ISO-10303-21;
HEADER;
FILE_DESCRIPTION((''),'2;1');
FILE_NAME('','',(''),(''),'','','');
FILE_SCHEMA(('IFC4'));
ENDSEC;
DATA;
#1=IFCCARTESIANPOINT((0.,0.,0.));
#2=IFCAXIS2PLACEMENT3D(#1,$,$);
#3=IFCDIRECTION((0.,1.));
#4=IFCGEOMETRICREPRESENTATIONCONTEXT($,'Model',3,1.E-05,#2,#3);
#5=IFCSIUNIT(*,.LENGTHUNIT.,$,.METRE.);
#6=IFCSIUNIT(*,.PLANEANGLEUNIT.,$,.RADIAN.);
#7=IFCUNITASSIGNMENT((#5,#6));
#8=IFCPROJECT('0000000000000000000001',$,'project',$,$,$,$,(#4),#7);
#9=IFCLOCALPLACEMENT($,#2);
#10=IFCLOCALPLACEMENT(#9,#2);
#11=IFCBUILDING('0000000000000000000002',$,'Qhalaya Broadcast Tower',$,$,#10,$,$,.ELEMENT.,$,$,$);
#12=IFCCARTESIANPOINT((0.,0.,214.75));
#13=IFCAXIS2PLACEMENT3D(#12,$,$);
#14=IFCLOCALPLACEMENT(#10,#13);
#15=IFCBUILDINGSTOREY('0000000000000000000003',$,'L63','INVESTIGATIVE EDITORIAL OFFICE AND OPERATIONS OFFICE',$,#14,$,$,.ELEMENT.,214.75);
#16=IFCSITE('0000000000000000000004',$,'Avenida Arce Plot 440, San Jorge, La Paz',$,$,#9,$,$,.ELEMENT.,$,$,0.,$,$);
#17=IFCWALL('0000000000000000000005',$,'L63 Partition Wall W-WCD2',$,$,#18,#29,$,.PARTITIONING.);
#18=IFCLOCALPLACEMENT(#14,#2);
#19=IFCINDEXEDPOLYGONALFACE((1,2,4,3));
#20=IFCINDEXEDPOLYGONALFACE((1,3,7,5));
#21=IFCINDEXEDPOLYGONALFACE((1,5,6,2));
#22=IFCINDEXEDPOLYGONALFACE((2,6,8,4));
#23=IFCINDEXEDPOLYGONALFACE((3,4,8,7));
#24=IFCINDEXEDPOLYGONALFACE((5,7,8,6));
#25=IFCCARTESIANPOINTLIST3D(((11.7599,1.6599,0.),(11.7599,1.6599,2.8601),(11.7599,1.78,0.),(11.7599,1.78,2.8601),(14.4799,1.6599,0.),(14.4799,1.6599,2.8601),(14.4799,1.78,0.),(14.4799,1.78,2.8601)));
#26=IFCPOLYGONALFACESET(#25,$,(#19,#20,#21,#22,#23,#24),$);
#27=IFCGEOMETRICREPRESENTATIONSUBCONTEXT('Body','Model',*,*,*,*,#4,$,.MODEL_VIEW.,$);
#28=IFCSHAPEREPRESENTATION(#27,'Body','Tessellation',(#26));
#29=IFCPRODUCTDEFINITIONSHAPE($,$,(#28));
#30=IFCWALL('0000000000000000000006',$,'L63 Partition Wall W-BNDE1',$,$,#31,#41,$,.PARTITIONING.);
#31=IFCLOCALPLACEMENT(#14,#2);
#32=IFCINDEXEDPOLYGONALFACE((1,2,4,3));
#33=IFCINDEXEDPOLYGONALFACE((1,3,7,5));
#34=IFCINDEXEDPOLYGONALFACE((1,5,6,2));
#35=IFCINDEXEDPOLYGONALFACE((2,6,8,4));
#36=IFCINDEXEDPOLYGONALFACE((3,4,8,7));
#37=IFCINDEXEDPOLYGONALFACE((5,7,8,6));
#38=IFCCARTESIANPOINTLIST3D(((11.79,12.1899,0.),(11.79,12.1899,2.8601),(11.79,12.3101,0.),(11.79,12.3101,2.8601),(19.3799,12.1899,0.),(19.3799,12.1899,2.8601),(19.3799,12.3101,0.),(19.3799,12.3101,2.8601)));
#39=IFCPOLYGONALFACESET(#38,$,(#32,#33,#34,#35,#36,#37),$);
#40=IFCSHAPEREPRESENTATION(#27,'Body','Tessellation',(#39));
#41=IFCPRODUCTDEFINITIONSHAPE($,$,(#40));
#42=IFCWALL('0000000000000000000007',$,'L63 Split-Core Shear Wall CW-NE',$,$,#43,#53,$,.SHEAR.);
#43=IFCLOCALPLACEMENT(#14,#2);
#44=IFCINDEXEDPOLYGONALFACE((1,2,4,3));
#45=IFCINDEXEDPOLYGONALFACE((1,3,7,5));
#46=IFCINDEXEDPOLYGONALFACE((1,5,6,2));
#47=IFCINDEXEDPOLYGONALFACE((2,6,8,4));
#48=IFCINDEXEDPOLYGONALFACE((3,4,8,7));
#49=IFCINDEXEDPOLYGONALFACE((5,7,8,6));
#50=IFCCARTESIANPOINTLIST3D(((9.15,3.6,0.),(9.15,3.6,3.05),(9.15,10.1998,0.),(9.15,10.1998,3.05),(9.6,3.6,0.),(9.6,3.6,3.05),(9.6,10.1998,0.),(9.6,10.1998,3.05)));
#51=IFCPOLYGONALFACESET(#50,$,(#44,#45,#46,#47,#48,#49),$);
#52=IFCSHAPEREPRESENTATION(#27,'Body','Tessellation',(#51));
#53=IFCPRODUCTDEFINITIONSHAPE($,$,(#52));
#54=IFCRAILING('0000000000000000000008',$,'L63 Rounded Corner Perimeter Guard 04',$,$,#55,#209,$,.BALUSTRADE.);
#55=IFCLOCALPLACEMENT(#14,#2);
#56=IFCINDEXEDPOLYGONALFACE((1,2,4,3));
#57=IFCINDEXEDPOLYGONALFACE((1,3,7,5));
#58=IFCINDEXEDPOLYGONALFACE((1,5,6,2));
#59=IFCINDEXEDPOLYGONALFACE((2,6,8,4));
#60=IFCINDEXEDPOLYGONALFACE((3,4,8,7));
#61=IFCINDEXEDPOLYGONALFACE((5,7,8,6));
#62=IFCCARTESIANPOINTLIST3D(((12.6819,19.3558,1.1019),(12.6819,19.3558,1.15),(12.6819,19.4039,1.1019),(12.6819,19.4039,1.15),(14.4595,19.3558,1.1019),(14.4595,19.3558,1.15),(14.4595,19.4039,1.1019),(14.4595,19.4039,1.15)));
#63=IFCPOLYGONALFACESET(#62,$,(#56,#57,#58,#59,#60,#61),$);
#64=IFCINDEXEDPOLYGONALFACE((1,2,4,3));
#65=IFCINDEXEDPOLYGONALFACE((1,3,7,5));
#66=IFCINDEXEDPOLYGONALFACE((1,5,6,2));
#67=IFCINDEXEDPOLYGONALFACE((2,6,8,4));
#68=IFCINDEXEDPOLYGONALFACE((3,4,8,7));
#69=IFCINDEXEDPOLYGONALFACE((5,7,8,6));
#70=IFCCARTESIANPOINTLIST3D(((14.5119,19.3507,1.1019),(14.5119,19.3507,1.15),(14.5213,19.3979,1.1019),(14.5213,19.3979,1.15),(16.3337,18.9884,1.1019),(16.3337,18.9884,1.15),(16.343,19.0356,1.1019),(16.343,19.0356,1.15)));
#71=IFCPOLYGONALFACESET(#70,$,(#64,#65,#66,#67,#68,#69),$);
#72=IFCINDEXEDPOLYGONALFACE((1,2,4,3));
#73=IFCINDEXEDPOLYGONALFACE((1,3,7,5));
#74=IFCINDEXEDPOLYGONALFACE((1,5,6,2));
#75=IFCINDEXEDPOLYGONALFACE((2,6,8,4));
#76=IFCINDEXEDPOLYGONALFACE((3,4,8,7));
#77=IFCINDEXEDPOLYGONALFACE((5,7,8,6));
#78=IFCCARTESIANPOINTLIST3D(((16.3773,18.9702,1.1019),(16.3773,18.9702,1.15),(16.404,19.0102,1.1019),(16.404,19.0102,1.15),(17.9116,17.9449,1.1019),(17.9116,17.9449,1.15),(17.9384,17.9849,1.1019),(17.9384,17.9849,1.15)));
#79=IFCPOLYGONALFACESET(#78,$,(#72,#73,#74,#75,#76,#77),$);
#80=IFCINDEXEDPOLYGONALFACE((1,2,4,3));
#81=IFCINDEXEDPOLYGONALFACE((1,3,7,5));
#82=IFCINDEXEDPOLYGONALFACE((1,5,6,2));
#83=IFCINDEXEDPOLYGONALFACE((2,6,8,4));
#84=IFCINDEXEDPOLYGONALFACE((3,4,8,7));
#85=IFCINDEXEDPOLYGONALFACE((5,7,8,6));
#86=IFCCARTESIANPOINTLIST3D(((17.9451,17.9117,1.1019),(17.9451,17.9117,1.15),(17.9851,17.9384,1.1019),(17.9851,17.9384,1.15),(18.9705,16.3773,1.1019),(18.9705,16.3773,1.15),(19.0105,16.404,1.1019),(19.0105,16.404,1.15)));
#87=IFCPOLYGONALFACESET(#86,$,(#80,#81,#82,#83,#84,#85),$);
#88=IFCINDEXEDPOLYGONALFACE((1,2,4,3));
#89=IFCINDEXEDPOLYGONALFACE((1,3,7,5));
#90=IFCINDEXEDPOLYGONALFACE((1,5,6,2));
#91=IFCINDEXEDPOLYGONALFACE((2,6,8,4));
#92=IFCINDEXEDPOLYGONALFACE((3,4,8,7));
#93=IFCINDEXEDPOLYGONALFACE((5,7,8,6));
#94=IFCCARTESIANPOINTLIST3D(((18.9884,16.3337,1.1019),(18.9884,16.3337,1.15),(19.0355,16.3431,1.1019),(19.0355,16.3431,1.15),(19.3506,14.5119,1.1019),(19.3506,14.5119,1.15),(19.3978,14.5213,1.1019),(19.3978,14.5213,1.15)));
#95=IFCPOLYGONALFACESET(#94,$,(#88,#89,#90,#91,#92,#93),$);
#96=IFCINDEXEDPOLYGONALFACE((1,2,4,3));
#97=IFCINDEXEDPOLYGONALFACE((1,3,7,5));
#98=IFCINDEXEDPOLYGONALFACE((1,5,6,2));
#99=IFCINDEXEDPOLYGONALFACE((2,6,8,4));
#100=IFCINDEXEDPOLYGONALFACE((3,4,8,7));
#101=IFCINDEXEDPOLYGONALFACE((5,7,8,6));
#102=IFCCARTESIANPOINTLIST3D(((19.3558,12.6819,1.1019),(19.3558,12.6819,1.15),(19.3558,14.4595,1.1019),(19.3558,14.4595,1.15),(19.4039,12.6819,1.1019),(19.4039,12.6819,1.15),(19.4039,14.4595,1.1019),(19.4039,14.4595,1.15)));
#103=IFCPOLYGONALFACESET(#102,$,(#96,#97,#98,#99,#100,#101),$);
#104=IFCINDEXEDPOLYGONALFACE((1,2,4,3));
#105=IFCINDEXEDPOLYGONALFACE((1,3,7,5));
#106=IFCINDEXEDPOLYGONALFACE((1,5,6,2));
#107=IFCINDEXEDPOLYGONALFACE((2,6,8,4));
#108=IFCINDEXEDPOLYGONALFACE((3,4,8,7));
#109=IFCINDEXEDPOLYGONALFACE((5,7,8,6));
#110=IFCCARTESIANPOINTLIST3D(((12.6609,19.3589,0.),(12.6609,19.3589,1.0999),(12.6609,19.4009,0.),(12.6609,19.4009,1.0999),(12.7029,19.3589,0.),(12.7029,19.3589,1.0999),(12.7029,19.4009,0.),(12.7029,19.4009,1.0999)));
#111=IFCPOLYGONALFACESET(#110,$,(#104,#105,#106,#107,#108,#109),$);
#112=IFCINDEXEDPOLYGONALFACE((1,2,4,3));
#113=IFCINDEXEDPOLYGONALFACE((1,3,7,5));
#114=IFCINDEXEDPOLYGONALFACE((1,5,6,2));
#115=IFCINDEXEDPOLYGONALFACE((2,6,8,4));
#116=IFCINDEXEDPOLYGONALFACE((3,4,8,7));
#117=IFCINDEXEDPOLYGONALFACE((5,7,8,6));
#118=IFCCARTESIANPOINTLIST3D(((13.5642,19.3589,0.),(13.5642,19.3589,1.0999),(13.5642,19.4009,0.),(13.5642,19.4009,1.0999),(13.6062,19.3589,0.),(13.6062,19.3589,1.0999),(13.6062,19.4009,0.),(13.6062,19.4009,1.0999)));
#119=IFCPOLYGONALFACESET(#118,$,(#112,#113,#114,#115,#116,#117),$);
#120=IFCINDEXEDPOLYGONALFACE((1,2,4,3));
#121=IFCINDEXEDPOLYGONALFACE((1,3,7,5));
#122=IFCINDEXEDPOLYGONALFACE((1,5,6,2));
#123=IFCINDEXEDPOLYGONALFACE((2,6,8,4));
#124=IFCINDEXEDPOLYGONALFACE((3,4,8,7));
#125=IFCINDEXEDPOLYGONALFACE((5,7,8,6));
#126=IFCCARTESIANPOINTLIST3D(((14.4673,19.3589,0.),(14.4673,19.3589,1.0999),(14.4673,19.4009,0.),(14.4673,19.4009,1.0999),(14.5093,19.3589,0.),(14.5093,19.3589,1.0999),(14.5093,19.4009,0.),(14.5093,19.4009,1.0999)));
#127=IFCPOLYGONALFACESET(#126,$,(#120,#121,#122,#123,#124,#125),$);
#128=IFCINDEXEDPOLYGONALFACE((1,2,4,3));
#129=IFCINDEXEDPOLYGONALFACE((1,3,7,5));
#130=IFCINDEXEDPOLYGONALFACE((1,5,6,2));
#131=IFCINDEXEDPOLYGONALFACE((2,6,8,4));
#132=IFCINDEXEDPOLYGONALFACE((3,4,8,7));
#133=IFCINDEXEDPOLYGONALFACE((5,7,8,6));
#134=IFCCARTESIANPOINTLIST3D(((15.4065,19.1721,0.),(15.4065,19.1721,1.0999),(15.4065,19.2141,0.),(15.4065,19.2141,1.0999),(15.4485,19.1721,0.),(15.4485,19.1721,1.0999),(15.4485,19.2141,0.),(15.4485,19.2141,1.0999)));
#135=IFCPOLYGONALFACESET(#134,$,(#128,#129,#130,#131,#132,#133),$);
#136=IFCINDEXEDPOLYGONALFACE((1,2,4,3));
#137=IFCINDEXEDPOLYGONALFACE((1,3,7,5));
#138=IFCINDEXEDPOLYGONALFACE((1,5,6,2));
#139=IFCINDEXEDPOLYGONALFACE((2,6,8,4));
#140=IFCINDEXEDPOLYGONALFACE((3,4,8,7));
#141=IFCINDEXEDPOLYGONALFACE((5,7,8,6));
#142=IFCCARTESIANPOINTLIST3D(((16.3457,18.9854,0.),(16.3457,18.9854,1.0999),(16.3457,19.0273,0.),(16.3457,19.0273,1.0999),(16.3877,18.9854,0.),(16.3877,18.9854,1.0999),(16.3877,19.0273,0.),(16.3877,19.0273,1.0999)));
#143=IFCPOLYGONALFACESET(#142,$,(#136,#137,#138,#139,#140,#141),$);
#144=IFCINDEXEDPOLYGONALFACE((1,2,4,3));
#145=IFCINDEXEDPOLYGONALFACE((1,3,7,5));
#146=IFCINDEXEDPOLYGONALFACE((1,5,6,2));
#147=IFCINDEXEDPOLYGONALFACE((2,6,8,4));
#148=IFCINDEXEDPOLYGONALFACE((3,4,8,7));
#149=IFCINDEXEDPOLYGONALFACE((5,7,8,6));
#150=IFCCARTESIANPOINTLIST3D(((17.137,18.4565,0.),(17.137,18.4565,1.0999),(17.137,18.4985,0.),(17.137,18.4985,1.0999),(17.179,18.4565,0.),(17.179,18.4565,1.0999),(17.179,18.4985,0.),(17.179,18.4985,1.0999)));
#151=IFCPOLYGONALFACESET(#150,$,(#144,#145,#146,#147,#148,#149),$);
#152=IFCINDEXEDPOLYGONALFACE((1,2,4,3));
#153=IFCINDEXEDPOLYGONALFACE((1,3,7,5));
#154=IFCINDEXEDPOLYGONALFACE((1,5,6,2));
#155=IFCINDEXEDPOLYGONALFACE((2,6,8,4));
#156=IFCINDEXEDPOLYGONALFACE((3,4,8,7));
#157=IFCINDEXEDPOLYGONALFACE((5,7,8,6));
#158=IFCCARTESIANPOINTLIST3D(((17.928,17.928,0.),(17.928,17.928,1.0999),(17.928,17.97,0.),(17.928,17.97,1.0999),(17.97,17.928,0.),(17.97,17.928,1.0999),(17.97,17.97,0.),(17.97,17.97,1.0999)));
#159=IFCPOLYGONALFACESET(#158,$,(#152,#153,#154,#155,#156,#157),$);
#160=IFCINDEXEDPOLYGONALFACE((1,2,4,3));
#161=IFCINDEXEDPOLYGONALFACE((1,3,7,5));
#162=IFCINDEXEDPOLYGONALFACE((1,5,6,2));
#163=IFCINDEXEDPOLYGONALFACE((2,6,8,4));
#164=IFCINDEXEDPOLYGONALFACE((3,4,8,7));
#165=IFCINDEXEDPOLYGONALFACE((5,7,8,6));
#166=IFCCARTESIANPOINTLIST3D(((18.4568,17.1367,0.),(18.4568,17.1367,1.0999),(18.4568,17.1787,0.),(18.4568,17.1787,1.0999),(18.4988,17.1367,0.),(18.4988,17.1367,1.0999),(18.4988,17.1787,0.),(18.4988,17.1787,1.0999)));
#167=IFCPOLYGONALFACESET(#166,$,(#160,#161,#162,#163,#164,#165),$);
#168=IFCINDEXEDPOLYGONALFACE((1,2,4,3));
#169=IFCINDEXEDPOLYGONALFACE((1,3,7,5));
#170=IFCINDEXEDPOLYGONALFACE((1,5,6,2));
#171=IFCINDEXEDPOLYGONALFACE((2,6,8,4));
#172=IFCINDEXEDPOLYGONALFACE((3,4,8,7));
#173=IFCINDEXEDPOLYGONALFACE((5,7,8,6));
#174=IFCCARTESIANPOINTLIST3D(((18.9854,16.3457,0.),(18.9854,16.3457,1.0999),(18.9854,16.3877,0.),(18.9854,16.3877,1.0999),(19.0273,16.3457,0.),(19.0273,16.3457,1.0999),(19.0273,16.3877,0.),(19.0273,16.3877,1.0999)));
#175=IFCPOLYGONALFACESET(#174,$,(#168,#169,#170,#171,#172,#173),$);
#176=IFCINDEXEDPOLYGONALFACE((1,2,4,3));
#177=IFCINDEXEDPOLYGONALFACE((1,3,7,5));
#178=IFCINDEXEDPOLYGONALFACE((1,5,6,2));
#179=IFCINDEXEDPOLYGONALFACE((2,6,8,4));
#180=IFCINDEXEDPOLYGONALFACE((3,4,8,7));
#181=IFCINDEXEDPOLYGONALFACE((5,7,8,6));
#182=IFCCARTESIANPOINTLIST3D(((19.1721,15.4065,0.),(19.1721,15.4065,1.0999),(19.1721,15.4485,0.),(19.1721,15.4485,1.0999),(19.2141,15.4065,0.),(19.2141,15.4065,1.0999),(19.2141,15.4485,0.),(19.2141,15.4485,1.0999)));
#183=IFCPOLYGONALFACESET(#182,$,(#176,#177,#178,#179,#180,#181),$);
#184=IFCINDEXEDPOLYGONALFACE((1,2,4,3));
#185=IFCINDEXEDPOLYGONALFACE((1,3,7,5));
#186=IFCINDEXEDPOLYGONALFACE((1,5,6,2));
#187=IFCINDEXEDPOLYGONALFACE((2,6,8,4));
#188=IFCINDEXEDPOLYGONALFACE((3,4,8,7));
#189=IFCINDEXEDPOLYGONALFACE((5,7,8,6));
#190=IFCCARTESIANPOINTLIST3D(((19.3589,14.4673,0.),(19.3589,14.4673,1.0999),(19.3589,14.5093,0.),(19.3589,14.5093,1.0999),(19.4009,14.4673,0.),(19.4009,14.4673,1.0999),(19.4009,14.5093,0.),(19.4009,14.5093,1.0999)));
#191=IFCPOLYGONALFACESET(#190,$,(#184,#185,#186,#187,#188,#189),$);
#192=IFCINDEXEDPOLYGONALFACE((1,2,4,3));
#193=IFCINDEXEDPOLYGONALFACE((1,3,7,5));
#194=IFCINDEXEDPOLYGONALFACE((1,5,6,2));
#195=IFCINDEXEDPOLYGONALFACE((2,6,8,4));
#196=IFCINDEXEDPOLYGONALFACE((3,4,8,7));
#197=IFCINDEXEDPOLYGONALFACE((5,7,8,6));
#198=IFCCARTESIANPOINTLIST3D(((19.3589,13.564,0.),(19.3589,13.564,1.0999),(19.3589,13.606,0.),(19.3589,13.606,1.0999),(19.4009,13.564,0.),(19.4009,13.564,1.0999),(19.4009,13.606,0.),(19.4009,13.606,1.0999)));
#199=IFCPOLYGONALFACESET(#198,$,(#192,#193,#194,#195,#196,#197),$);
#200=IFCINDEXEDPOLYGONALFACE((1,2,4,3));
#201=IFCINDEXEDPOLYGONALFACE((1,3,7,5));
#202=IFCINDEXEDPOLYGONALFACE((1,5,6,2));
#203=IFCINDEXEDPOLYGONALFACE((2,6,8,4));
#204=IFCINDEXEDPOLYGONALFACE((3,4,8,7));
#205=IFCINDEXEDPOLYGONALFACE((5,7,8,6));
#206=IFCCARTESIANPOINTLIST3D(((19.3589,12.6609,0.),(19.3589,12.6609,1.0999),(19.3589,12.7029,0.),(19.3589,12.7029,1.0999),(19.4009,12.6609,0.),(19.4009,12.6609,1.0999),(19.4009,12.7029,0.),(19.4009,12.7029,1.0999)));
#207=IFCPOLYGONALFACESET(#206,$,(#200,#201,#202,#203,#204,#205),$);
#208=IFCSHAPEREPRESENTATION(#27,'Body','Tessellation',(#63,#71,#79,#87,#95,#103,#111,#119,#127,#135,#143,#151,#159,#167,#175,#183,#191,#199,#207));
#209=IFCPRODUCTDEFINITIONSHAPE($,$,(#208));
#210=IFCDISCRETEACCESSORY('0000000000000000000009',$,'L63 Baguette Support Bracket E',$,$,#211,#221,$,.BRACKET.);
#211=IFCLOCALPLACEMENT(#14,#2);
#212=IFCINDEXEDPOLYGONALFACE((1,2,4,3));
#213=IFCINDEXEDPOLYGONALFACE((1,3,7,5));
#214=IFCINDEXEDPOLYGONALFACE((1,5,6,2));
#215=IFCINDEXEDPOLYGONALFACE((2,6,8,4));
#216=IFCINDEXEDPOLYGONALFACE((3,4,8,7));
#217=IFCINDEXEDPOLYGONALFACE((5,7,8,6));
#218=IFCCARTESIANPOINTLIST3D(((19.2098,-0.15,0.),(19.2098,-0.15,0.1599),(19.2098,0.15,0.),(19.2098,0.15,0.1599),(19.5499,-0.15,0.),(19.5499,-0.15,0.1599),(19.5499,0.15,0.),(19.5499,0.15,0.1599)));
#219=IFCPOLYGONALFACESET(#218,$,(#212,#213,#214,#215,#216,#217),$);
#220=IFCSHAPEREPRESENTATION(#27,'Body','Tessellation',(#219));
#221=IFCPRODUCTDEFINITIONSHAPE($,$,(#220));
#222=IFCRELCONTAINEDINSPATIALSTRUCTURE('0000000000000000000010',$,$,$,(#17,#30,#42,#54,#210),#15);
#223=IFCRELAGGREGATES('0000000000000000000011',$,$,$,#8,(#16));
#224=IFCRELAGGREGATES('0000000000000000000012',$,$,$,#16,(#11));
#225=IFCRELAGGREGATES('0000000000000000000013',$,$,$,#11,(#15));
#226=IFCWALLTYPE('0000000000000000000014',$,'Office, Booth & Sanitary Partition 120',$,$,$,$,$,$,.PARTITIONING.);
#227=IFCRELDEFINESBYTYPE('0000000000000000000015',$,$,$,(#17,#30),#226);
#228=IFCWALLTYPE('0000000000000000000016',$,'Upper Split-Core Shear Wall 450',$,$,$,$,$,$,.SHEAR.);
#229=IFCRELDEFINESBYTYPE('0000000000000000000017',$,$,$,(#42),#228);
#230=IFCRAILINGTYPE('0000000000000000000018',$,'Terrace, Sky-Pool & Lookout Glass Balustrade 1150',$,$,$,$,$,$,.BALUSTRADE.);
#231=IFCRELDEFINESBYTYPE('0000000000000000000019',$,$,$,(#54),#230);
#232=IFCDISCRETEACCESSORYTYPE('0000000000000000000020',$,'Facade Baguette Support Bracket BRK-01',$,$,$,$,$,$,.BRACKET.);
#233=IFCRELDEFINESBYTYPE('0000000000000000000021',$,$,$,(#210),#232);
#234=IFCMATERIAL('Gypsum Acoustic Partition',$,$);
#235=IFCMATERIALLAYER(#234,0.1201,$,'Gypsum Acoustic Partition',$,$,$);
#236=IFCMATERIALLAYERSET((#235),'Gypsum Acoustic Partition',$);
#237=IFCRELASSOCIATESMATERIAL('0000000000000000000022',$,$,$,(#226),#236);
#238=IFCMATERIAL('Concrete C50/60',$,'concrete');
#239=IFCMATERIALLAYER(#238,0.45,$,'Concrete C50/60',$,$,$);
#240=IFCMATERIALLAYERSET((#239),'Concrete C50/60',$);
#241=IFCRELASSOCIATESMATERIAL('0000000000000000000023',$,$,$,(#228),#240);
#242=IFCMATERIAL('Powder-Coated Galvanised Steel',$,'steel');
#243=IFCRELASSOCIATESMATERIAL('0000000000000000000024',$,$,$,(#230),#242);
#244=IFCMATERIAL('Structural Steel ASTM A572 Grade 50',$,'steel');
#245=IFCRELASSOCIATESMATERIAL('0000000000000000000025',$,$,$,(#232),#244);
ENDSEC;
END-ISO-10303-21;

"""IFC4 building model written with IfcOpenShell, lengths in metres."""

from ifc_helpers import new_model, si_unit, direction, frame, frame_2d, origin, origin_2d, place, context, subcontext, project, spatial, rectangle, extrude, material, layer, layer_set, type_object, element, save


model = new_model("IFC4")

# Units and contexts
model_context = context("Model", 3, precision=1e-05, world=origin(), true_north=direction((0.0, 1.0)))
body_context = subcontext(model_context, "Body", "Model", "MODEL_VIEW")
ifc_project = project(units=[si_unit("LENGTHUNIT", "METRE"), si_unit("PLANEANGLEUNIT", "RADIAN")], contexts=[model_context])

# Site, building, storey
site_placement = place(None, origin())
site = spatial("IfcSite", under=ifc_project, at=site_placement, Name="Avenida Arce Plot 440, San Jorge, La Paz", CompositionType="ELEMENT", RefElevation=0.0)
building_placement = place(site_placement, origin())
building = spatial("IfcBuilding", under=site, at=building_placement, Name="Qhalaya Broadcast Tower", CompositionType="ELEMENT")
storey_placement = place(building_placement, frame((0.0, 0.0, 214.75)))
storey = spatial("IfcBuildingStorey", under=building, at=storey_placement, Name="L63", Description="INVESTIGATIVE EDITORIAL OFFICE AND OPERATIONS OFFICE", CompositionType="ELEMENT", Elevation=214.75)

# Shared definitions
ifc_material_1 = material(Name="Concrete C50/60", Category="concrete")
ifc_material_2 = material(Name="Structural Steel ASTM A572 Grade 50", Category="steel")

# Shared definitions
ifc_material_3 = material(Name="Gypsum Acoustic Partition")

# Shared definitions
ifc_layer_1 = layer(ifc_material_3, 0.1201, Name="Gypsum Acoustic Partition")
ifc_layer_set_1 = layer_set([ifc_layer_1], Name="Gypsum Acoustic Partition")
wall_type_1 = type_object("IfcWallType", Name="Office, Booth & Sanitary Partition 120", PredefinedType="PARTITIONING", material=ifc_layer_set_1)

# Walls
wall_1_placement = place(storey_placement, frame((11.76, 1.72, 0.0), z_axis=(0.0, 0.0, 1.0), x_axis=(1.0, 0.0, 0.0)))
element("IfcWall", 1, at=wall_1_placement, inside=storey, type_object=wall_type_1, Name="L63 Partition Wall W-WCD2", PredefinedType="PARTITIONING", context=body_context, shape_type="SweptSolid", body=[
    extrude(rectangle(XDim=2.72, YDim=0.1201, at=frame_2d((1.3599, 0.0))), origin(), (0.0, 0.0, 1.0), 2.8601),
])
wall_2_placement = place(storey_placement, frame((11.79, 12.25, 0.0), z_axis=(0.0, 0.0, 1.0), x_axis=(1.0, 0.0, 0.0)))
element("IfcWall", 2, at=wall_2_placement, inside=storey, type_object=wall_type_1, Name="L63 Partition Wall W-BNDE1", PredefinedType="PARTITIONING", context=body_context, shape_type="SweptSolid", body=[
    extrude(rectangle(XDim=7.5898, YDim=0.1201, at=frame_2d((3.7949, 0.0))), origin(), (0.0, 0.0, 1.0), 2.8601),
])
ifc_layer_2 = layer(ifc_material_1, 0.45, Name="Concrete C50/60")
ifc_layer_set_2 = layer_set([ifc_layer_2], Name="Concrete C50/60")
wall_type_2 = type_object("IfcWallType", Name="Upper Split-Core Shear Wall 450", PredefinedType="SHEAR", material=ifc_layer_set_2)
wall_3_placement = place(storey_placement, frame((9.375, 3.6001, 0.0), z_axis=(0.0, 0.0, 1.0), x_axis=(0.0, 1.0, 0.0)))
element("IfcWall", 3, at=wall_3_placement, inside=storey, type_object=wall_type_2, Name="L63 Split-Core Shear Wall CW-NE", PredefinedType="SHEAR", context=body_context, shape_type="SweptSolid", body=[
    extrude(rectangle(XDim=6.5999, YDim=0.45, at=frame_2d((3.2998, 0.0))), origin(), (0.0, 0.0, 1.0), 3.05),
])

# Railing
ifc_material_4 = material(Name="Powder-Coated Galvanised Steel", Category="steel")
railing_type = type_object("IfcRailingType", Name="Terrace, Sky-Pool & Lookout Glass Balustrade 1150", PredefinedType="BALUSTRADE", material=ifc_material_4)
railing_placement = place(storey_placement, frame((12.6819, 19.3799, 0.0)))
element("IfcRailing", 4, at=railing_placement, inside=storey, type_object=railing_type, Name="L63 Rounded Corner Perimeter Guard 04", PredefinedType="BALUSTRADE", context=body_context, shape_type="SweptSolid", body=[
    extrude(rectangle(XDim=0.0481, YDim=0.0481, at=origin_2d()), frame((0.0, 0.0, 1.126), z_axis=(1.0, 0.0, 0.0), x_axis=(0.0, 1.0, 0.0)), (0.0, 0.0, 1.0), 1.7776),
    extrude(rectangle(XDim=0.0481, YDim=0.0481, at=origin_2d()), frame((1.8347, -0.0056, 1.126), z_axis=(0.980796, -0.195037, 0.0), x_axis=(0.195037, 0.980796, 0.0)), (0.0, 0.0, 1.0), 1.8574),
    extrude(rectangle(XDim=0.0481, YDim=0.0481, at=origin_2d()), frame((3.7087, -0.3896, 1.126), z_axis=(0.831438, -0.555618, 0.0), x_axis=(0.555618, 0.831438, 0.0)), (0.0, 0.0, 1.0), 1.8455),
    extrude(rectangle(XDim=0.0481, YDim=0.0481, at=origin_2d()), frame((5.2832, -1.4548, 1.126), z_axis=(0.555618, -0.831438, 0.0), x_axis=(0.831438, 0.555618, 0.0)), (0.0, 0.0, 1.0), 1.8455),
    extrude(rectangle(XDim=0.0481, YDim=0.0481, at=origin_2d()), frame((6.3301, -3.0415, 1.126), z_axis=(0.195037, -0.980796, 0.0), x_axis=(0.980796, 0.195037, 0.0)), (0.0, 0.0, 1.0), 1.8574),
    extrude(rectangle(XDim=0.0481, YDim=0.0481, at=origin_2d()), frame((6.698, -4.9204, 1.126), z_axis=(0.0, -1.0, 0.0), x_axis=(1.0, 0.0, 0.0)), (0.0, 0.0, 1.0), 1.7776),
    extrude(rectangle(XDim=0.042, YDim=0.042, at=origin_2d()), origin(), (0.0, 0.0, 1.0), 1.0999),
    extrude(rectangle(XDim=0.042, YDim=0.042, at=origin_2d()), frame((0.9033, 0.0, 0.0)), (0.0, 0.0, 1.0), 1.0999),
    extrude(rectangle(XDim=0.042, YDim=0.042, at=origin_2d()), frame((1.8064, 0.0, 0.0)), (0.0, 0.0, 1.0), 1.0999),
    extrude(rectangle(XDim=0.042, YDim=0.042, at=origin_2d()), frame((2.7456, -0.1868, 0.0)), (0.0, 0.0, 1.0), 1.0999),
    extrude(rectangle(XDim=0.042, YDim=0.042, at=origin_2d()), frame((3.6848, -0.3735, 0.0)), (0.0, 0.0, 1.0), 1.0999),
    extrude(rectangle(XDim=0.042, YDim=0.042, at=origin_2d()), frame((4.4761, -0.9023, 0.0)), (0.0, 0.0, 1.0), 1.0999),
    extrude(rectangle(XDim=0.042, YDim=0.042, at=origin_2d()), frame((5.2671, -1.4309, 0.0)), (0.0, 0.0, 1.0), 1.0999),
    extrude(rectangle(XDim=0.042, YDim=0.042, at=origin_2d()), frame((5.7959, -2.2222, 0.0)), (0.0, 0.0, 1.0), 1.0999),
    extrude(rectangle(XDim=0.042, YDim=0.042, at=origin_2d()), frame((6.3245, -3.0132, 0.0)), (0.0, 0.0, 1.0), 1.0999),
    extrude(rectangle(XDim=0.042, YDim=0.042, at=origin_2d()), frame((6.5112, -3.9524, 0.0)), (0.0, 0.0, 1.0), 1.0999),
    extrude(rectangle(XDim=0.042, YDim=0.042, at=origin_2d()), frame((6.698, -4.8916, 0.0)), (0.0, 0.0, 1.0), 1.0999),
    extrude(rectangle(XDim=0.042, YDim=0.042, at=origin_2d()), frame((6.698, -5.7949, 0.0)), (0.0, 0.0, 1.0), 1.0999),
    extrude(rectangle(XDim=0.042, YDim=0.042, at=origin_2d()), frame((6.698, -6.698, 0.0)), (0.0, 0.0, 1.0), 1.0999),
])

# Discrete accessory
discrete_accessory_type = type_object("IfcDiscreteAccessoryType", Name="Facade Baguette Support Bracket BRK-01", PredefinedType="BRACKET", material=ifc_material_2)
discrete_accessory_placement = place(storey_placement, frame((19.3799, 0.0, 0.0), z_axis=(0.0, 0.0, 1.0), x_axis=(0.0, 1.0, 0.0)))
element("IfcDiscreteAccessory", 5, at=discrete_accessory_placement, inside=storey, type_object=discrete_accessory_type, Name="L63 Baguette Support Bracket E", PredefinedType="BRACKET", context=body_context, shape_type="SweptSolid", body=[
    extrude(rectangle(XDim=0.3, YDim=0.3401, at=origin_2d()), origin(), (0.0, 0.0, 1.0), 0.1599),
])

save(model, "model.ifc")
